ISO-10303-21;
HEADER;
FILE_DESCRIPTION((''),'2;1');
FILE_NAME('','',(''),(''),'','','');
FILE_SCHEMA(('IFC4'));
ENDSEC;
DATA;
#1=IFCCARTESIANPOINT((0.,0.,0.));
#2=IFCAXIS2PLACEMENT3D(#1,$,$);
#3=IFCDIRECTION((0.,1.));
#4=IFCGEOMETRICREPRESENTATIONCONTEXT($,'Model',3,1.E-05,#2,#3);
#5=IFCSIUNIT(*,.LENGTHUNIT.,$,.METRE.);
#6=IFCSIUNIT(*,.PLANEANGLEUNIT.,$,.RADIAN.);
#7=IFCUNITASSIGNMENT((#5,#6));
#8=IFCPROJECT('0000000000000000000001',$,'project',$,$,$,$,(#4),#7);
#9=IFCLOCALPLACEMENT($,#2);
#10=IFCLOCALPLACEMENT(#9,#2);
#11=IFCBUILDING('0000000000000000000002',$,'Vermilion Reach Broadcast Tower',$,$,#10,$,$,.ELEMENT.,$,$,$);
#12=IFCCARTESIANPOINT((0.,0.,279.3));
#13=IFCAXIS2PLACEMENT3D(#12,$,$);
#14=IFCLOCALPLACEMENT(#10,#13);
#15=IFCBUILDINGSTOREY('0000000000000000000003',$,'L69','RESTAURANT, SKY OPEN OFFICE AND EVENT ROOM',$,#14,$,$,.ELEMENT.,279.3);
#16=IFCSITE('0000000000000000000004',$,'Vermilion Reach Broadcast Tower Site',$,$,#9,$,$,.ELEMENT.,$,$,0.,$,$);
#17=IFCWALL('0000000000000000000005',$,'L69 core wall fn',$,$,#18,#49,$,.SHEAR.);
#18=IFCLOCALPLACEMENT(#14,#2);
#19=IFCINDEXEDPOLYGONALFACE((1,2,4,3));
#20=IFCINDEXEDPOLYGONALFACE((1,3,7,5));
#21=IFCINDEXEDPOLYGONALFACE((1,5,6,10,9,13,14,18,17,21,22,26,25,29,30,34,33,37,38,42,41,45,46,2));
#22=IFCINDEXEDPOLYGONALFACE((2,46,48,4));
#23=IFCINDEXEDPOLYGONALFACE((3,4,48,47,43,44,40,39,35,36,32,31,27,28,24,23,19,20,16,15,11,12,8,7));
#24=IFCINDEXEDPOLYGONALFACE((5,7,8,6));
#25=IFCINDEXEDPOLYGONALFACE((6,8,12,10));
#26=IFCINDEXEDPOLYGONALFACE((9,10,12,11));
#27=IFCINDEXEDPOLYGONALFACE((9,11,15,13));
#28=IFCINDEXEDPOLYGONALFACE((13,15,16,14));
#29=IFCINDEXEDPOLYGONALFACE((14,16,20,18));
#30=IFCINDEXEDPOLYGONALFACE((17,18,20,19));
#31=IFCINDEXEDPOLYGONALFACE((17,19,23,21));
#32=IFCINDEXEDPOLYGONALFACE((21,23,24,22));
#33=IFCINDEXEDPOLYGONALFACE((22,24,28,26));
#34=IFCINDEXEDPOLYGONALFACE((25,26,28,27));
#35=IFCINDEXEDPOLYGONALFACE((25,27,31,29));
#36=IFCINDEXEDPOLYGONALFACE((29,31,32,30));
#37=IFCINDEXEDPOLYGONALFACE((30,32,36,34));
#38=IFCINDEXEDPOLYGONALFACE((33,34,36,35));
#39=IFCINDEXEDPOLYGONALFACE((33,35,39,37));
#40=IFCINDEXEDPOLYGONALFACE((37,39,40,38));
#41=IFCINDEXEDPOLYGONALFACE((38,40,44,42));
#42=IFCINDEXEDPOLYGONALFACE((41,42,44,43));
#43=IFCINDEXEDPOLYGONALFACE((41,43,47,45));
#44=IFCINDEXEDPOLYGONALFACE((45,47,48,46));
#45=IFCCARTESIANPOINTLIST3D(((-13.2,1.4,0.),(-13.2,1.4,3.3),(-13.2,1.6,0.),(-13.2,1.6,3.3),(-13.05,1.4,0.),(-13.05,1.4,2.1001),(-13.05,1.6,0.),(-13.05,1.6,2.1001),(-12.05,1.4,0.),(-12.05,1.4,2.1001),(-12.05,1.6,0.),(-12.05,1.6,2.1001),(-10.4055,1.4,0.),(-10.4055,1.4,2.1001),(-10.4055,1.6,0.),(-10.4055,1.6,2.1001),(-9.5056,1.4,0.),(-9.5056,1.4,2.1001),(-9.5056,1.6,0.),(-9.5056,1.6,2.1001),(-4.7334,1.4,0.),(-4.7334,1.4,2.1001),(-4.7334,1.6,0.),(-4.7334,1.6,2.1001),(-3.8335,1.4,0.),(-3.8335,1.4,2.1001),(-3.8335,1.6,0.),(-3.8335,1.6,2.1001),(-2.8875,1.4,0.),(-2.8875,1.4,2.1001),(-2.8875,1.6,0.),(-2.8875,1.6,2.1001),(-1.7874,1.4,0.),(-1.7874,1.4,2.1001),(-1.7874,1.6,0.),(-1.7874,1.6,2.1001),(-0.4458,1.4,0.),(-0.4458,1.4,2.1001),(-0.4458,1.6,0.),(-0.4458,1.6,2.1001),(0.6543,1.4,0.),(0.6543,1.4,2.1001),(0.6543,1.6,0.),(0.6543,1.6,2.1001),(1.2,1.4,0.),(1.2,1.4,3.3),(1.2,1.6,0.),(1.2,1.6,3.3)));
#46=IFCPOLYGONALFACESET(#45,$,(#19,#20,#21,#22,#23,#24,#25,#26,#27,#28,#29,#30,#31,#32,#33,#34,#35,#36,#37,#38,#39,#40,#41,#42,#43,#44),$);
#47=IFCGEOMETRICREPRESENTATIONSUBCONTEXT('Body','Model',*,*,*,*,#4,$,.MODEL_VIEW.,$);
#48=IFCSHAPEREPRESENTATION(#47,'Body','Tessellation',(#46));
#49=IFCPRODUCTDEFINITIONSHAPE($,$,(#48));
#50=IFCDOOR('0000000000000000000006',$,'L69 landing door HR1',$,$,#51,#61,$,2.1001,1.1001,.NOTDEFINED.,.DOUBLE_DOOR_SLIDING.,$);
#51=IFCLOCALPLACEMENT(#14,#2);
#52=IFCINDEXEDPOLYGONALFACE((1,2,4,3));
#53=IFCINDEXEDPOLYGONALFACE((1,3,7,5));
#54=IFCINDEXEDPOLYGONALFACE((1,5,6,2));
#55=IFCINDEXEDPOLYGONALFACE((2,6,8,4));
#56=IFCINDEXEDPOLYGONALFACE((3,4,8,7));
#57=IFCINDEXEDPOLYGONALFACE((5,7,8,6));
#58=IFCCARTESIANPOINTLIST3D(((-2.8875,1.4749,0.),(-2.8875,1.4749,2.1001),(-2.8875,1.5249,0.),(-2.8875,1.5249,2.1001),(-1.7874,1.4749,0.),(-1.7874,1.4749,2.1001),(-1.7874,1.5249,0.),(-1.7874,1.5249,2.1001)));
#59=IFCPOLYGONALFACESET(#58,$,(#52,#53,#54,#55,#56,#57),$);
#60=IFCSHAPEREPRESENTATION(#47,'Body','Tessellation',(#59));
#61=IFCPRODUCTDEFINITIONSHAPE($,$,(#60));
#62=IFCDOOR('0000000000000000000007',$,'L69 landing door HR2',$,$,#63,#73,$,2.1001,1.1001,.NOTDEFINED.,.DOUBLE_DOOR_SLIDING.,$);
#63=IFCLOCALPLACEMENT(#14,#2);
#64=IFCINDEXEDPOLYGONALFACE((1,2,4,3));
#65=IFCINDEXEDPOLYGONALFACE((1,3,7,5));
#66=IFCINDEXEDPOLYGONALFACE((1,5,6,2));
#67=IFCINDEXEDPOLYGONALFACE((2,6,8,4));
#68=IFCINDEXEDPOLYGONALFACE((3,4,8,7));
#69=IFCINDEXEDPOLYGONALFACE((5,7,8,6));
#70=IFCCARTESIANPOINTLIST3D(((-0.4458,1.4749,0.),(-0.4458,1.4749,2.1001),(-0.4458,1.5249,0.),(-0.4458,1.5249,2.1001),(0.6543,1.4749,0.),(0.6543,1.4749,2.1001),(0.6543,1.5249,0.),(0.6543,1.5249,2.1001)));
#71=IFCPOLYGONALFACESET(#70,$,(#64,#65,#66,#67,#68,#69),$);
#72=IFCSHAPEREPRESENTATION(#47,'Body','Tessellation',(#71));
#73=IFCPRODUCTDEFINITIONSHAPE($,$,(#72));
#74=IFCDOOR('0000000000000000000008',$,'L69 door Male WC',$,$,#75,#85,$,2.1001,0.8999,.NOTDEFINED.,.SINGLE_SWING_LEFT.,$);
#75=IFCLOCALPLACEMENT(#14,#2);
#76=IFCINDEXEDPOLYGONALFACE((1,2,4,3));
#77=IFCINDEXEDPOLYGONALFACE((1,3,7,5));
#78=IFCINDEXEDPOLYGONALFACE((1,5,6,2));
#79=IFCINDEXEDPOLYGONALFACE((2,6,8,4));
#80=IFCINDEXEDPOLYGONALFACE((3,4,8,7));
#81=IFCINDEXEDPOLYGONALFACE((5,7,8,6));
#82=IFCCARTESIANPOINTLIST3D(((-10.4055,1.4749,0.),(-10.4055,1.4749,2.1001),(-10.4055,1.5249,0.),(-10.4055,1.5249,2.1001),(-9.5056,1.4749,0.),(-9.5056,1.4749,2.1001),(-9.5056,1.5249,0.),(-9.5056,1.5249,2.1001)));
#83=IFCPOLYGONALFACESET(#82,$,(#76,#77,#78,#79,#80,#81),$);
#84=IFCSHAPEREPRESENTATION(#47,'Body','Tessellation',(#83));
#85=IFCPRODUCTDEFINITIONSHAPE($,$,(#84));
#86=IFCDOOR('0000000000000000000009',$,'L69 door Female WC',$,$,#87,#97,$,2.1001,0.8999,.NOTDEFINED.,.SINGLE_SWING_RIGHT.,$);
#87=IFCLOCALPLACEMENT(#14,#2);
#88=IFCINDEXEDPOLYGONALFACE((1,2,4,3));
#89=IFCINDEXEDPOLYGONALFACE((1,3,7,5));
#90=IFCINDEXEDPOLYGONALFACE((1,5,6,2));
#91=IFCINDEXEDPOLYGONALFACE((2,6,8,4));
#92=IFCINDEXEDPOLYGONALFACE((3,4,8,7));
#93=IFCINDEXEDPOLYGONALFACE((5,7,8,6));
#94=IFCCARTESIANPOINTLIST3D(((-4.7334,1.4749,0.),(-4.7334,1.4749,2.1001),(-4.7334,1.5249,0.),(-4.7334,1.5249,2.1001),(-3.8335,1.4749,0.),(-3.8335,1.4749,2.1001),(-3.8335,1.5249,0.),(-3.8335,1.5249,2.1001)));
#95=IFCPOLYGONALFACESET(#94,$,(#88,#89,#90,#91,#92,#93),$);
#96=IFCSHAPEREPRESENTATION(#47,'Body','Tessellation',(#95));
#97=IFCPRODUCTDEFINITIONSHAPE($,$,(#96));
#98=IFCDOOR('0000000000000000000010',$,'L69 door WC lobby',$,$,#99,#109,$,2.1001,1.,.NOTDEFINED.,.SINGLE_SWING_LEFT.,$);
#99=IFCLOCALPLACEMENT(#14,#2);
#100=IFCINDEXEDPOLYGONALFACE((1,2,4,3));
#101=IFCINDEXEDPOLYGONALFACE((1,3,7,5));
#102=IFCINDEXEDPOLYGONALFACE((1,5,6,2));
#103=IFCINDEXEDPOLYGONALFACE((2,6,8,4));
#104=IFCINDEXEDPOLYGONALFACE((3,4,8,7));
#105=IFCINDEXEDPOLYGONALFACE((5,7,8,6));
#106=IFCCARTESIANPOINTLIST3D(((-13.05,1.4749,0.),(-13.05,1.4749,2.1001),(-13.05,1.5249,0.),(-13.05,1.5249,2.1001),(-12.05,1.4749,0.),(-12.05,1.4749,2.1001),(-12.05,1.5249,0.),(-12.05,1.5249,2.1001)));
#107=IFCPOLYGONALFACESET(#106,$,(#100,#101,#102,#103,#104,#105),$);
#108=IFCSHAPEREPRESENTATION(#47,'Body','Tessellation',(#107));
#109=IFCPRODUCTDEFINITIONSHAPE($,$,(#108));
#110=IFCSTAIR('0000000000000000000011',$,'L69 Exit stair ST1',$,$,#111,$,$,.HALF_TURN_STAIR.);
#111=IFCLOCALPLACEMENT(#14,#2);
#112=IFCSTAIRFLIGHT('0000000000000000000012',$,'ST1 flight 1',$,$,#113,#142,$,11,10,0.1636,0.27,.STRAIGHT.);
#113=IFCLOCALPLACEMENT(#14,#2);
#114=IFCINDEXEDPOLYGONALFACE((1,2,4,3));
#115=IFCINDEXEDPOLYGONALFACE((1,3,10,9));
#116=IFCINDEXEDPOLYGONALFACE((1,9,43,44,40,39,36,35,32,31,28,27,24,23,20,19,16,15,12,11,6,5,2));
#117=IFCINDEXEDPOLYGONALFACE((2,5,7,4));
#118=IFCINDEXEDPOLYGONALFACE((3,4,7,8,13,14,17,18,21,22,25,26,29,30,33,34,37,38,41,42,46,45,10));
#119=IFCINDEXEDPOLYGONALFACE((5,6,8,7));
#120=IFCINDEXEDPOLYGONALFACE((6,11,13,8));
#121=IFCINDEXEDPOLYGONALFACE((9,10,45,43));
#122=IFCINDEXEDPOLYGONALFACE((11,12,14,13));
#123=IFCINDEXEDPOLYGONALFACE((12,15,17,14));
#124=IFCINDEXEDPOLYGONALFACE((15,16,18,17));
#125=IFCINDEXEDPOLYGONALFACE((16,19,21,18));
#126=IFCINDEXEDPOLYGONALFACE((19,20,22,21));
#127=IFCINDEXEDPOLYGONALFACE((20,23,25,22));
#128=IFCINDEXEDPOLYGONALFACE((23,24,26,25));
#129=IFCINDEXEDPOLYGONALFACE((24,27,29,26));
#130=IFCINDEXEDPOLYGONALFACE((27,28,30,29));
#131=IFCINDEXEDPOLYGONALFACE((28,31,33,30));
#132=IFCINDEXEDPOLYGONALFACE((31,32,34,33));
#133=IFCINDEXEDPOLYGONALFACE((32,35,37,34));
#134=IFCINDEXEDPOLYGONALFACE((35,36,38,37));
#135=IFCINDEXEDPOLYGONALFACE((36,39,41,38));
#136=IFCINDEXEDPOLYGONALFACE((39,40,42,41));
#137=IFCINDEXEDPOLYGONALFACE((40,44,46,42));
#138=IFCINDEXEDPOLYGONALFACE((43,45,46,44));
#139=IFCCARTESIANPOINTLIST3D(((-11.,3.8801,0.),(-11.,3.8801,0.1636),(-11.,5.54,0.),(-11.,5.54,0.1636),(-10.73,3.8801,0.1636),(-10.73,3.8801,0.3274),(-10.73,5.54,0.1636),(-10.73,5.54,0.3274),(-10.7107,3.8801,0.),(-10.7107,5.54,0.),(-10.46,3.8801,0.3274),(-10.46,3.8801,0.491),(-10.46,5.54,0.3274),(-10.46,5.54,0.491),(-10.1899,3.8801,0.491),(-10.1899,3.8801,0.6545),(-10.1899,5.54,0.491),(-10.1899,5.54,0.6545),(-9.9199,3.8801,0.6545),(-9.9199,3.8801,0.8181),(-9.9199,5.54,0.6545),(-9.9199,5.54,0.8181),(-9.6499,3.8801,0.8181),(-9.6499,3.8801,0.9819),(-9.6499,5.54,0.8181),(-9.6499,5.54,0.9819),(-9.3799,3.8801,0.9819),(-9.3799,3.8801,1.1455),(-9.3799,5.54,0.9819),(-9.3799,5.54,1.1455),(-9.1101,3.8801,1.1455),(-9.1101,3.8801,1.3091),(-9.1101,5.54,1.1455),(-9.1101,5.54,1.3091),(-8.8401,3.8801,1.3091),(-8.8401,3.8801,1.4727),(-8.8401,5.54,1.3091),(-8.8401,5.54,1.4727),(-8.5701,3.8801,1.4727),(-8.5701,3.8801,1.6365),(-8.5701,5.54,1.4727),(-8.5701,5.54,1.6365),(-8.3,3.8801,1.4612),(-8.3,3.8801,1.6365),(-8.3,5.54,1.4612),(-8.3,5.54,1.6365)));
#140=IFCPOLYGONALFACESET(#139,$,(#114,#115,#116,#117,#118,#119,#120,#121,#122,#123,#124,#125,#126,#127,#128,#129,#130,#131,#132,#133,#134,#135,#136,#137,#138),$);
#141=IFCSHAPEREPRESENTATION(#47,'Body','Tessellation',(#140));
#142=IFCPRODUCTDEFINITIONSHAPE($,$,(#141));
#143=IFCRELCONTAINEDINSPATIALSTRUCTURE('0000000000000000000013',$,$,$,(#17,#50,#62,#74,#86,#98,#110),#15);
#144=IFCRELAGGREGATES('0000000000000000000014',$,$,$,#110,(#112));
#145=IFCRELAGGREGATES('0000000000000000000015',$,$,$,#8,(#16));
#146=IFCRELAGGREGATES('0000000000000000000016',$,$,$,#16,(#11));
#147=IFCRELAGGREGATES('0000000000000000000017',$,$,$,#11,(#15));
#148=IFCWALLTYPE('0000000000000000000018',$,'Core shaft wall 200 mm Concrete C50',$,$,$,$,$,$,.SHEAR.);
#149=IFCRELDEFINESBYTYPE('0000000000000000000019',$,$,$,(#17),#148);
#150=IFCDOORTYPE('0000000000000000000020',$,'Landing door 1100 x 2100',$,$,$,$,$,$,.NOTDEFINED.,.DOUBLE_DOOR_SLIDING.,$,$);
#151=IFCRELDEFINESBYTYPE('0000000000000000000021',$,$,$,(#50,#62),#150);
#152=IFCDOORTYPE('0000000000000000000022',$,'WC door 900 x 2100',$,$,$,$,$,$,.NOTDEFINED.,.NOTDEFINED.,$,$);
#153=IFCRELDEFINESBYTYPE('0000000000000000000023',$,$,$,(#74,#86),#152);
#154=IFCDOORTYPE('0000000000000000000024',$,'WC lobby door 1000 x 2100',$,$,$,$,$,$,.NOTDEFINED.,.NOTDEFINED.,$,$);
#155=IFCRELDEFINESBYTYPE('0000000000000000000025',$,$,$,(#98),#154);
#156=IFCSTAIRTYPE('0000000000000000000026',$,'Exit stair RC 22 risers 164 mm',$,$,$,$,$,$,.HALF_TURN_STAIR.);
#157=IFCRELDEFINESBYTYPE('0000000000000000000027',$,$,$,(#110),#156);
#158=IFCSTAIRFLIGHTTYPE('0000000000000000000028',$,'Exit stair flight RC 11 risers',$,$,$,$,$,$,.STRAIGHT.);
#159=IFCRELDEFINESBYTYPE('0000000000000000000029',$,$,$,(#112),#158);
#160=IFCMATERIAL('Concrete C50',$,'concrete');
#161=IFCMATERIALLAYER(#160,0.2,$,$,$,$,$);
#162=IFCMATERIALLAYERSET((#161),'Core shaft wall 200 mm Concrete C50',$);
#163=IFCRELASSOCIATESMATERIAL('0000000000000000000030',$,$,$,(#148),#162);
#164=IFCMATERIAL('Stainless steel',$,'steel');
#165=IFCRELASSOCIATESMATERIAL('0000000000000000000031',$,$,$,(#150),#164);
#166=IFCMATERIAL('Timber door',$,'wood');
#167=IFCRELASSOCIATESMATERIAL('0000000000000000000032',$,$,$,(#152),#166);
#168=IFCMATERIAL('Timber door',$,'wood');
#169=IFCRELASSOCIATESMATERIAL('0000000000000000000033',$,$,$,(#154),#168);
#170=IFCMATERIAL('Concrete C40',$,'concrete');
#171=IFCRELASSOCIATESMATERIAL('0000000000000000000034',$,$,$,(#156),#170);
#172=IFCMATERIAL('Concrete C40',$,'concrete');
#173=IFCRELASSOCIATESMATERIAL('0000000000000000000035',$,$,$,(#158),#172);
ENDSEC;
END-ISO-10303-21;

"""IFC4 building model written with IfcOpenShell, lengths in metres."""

from ifc_helpers import new_model, si_unit, direction, frame, frame_2d, origin, place, context, subcontext, project, spatial, polyline, rectangle, outline, extrude, material, layer, layer_set, type_object, element, fill, aggregate, save


model = new_model("IFC4")

# Units and contexts
model_context = context("Model", 3, precision=1e-05, world=origin(), true_north=direction((0.0, 1.0)))
body_context = subcontext(model_context, "Body", "Model", "MODEL_VIEW")
ifc_project = project(units=[si_unit("LENGTHUNIT", "METRE"), si_unit("PLANEANGLEUNIT", "RADIAN")], contexts=[model_context])

# Site, building, storey
site_placement = place(None, origin())
site = spatial("IfcSite", under=ifc_project, at=site_placement, Name="Vermilion Reach Broadcast Tower Site", CompositionType="ELEMENT", RefElevation=0.0)
building_placement = place(site_placement, origin())
building = spatial("IfcBuilding", under=site, at=building_placement, Name="Vermilion Reach Broadcast Tower", CompositionType="ELEMENT")
storey_placement = place(building_placement, frame((0.0, 0.0, 279.3)))
storey = spatial("IfcBuildingStorey", under=building, at=storey_placement, Name="L69", Description="RESTAURANT, SKY OPEN OFFICE AND EVENT ROOM", CompositionType="ELEMENT", Elevation=279.3)

# Wall, openings, doors
ifc_material_1 = material(Name="Concrete C50", Category="concrete")
ifc_layer_1 = layer(ifc_material_1, 0.2)
ifc_layer_set_1 = layer_set([ifc_layer_1], Name="Core shaft wall 200 mm Concrete C50")
wall_type_1 = type_object("IfcWallType", Name="Core shaft wall 200 mm Concrete C50", PredefinedType="SHEAR", material=ifc_layer_set_1)
wall_1_placement = place(storey_placement, frame((-13.2, 1.5, 0.0), z_axis=(0.0, 0.0, 1.0), x_axis=(1.0, 0.0, 0.0)))
wall_1 = element("IfcWall", 1, at=wall_1_placement, inside=storey, type_object=wall_type_1, Name="L69 core wall fn", PredefinedType="SHEAR", context=body_context, shape_type="SweptSolid", body=[
    extrude(rectangle(XDim=14.3999, YDim=0.2, at=frame_2d((7.2, 0.0))), origin(), (0.0, 0.0, 1.0), 3.3),
])
opening_1_placement = place(wall_1_placement, frame((10.3125, 0.0, 0.0)))
opening_1 = element("IfcOpeningElement", 2, at=opening_1_placement, cuts=wall_1, PredefinedType="OPENING", context=body_context, shape_type="SweptSolid", body=[
    extrude(rectangle(XDim=1.1001, YDim=2.1001, at=frame_2d((0.55, 1.05))), frame((0.0, 0.1099, 0.0), z_axis=(0.0, -1.0, 0.0), x_axis=(1.0, 0.0, 0.0)), (0.0, 0.0, 1.0), 0.22),
])
opening_2_placement = place(wall_1_placement, frame((12.7542, 0.0, 0.0)))
opening_2 = element("IfcOpeningElement", 3, at=opening_2_placement, cuts=wall_1, PredefinedType="OPENING", context=body_context, shape_type="SweptSolid", body=[
    extrude(rectangle(XDim=1.1001, YDim=2.1001, at=frame_2d((0.55, 1.05))), frame((0.0, 0.1099, 0.0), z_axis=(0.0, -1.0, 0.0), x_axis=(1.0, 0.0, 0.0)), (0.0, 0.0, 1.0), 0.22),
])
opening_3_placement = place(wall_1_placement, frame((0.1499, 0.0, 0.0)))
opening_3 = element("IfcOpeningElement", 4, at=opening_3_placement, cuts=wall_1, PredefinedType="OPENING", context=body_context, shape_type="SweptSolid", body=[
    extrude(rectangle(XDim=1.0, YDim=2.1001, at=frame_2d((0.5, 1.05))), frame((0.0, 0.1099, 0.0), z_axis=(0.0, -1.0, 0.0), x_axis=(1.0, 0.0, 0.0)), (0.0, 0.0, 1.0), 0.22),
])
opening_4_placement = place(wall_1_placement, frame((2.7944, 0.0, 0.0)))
opening_4 = element("IfcOpeningElement", 5, at=opening_4_placement, cuts=wall_1, PredefinedType="OPENING", context=body_context, shape_type="SweptSolid", body=[
    extrude(rectangle(XDim=0.8999, YDim=2.1001, at=frame_2d((0.45, 1.05))), frame((0.0, 0.1099, 0.0), z_axis=(0.0, -1.0, 0.0), x_axis=(1.0, 0.0, 0.0)), (0.0, 0.0, 1.0), 0.22),
])
opening_5_placement = place(wall_1_placement, frame((8.4666, 0.0, 0.0)))
opening_5 = element("IfcOpeningElement", 6, at=opening_5_placement, cuts=wall_1, PredefinedType="OPENING", context=body_context, shape_type="SweptSolid", body=[
    extrude(rectangle(XDim=0.8999, YDim=2.1001, at=frame_2d((0.45, 1.05))), frame((0.0, 0.1099, 0.0), z_axis=(0.0, -1.0, 0.0), x_axis=(1.0, 0.0, 0.0)), (0.0, 0.0, 1.0), 0.22),
])
ifc_material_2 = material(Name="Stainless steel", Category="steel")
door_type_1 = type_object("IfcDoorType", Name="Landing door 1100 x 2100", OperationType="DOUBLE_DOOR_SLIDING", PredefinedType="NOTDEFINED", material=ifc_material_2)
door_1_placement = place(opening_1_placement, origin())
door_1 = element("IfcDoor", 7, at=door_1_placement, inside=storey, type_object=door_type_1, Name="L69 landing door HR1", OperationType="DOUBLE_DOOR_SLIDING", OverallHeight=2.1001, OverallWidth=1.1001, PredefinedType="NOTDEFINED", context=body_context, shape_type="SweptSolid", body=[
    extrude(rectangle(XDim=1.1001, YDim=2.1001, at=frame_2d((0.55, 1.05))), frame((0.0, 0.0249, 0.0), z_axis=(0.0, -1.0, 0.0), x_axis=(1.0, 0.0, 0.0)), (0.0, 0.0, 1.0), 0.05),
])
fill(opening_1, door_1)
door_2_placement = place(opening_2_placement, origin())
door_2 = element("IfcDoor", 8, at=door_2_placement, inside=storey, type_object=door_type_1, Name="L69 landing door HR2", OperationType="DOUBLE_DOOR_SLIDING", OverallHeight=2.1001, OverallWidth=1.1001, PredefinedType="NOTDEFINED", context=body_context, shape_type="SweptSolid", body=[
    extrude(rectangle(XDim=1.1001, YDim=2.1001, at=frame_2d((0.55, 1.05))), frame((0.0, 0.0249, 0.0), z_axis=(0.0, -1.0, 0.0), x_axis=(1.0, 0.0, 0.0)), (0.0, 0.0, 1.0), 0.05),
])
fill(opening_2, door_2)
ifc_material_3 = material(Name="Timber door", Category="wood")
door_type_2 = type_object("IfcDoorType", Name="WC door 900 x 2100", OperationType="NOTDEFINED", PredefinedType="NOTDEFINED", material=ifc_material_3)
door_3_placement = place(opening_4_placement, origin())
door_3 = element("IfcDoor", 9, at=door_3_placement, inside=storey, type_object=door_type_2, Name="L69 door Male WC", OperationType="SINGLE_SWING_LEFT", OverallHeight=2.1001, OverallWidth=0.8999, PredefinedType="NOTDEFINED", context=body_context, shape_type="SweptSolid", body=[
    extrude(rectangle(XDim=0.8999, YDim=2.1001, at=frame_2d((0.45, 1.05))), frame((0.0, 0.0249, 0.0), z_axis=(0.0, -1.0, 0.0), x_axis=(1.0, 0.0, 0.0)), (0.0, 0.0, 1.0), 0.05),
])
fill(opening_4, door_3)
door_4_placement = place(opening_5_placement, origin())
door_4 = element("IfcDoor", 10, at=door_4_placement, inside=storey, type_object=door_type_2, Name="L69 door Female WC", OperationType="SINGLE_SWING_RIGHT", OverallHeight=2.1001, OverallWidth=0.8999, PredefinedType="NOTDEFINED", context=body_context, shape_type="SweptSolid", body=[
    extrude(rectangle(XDim=0.8999, YDim=2.1001, at=frame_2d((0.45, 1.05))), frame((0.0, 0.0249, 0.0), z_axis=(0.0, -1.0, 0.0), x_axis=(1.0, 0.0, 0.0)), (0.0, 0.0, 1.0), 0.05),
])
fill(opening_5, door_4)
ifc_material_4 = material(Name="Timber door", Category="wood")
door_type_3 = type_object("IfcDoorType", Name="WC lobby door 1000 x 2100", OperationType="NOTDEFINED", PredefinedType="NOTDEFINED", material=ifc_material_4)
door_5_placement = place(opening_3_placement, origin())
door_5 = element("IfcDoor", 11, at=door_5_placement, inside=storey, type_object=door_type_3, Name="L69 door WC lobby", OperationType="SINGLE_SWING_LEFT", OverallHeight=2.1001, OverallWidth=1.0, PredefinedType="NOTDEFINED", context=body_context, shape_type="SweptSolid", body=[
    extrude(rectangle(XDim=1.0, YDim=2.1001, at=frame_2d((0.5, 1.05))), frame((0.0, 0.0249, 0.0), z_axis=(0.0, -1.0, 0.0), x_axis=(1.0, 0.0, 0.0)), (0.0, 0.0, 1.0), 0.05),
])
fill(opening_3, door_5)

# Stair, stair flight
ifc_material_5 = material(Name="Concrete C40", Category="concrete")
stair_type = type_object("IfcStairType", Name="Exit stair RC 22 risers 164 mm", PredefinedType="HALF_TURN_STAIR", material=ifc_material_5)
stair_placement = place(storey_placement, origin())
stair = element("IfcStair", 12, at=stair_placement, inside=storey, type_object=stair_type, Name="L69 Exit stair ST1", PredefinedType="HALF_TURN_STAIR")
ifc_material_6 = material(Name="Concrete C40", Category="concrete")
stair_flight_type = type_object("IfcStairFlightType", Name="Exit stair flight RC 11 risers", PredefinedType="STRAIGHT", material=ifc_material_6)
stair_flight_1_placement = place(storey_placement, frame((-11.0, 4.71, 0.0), z_axis=(0.0, 0.0, 1.0), x_axis=(1.0, 0.0, 0.0)))
stair_flight_1 = element("IfcStairFlight", 13, at=stair_flight_1_placement, type_object=stair_flight_type, Name="ST1 flight 1", NumberOfRisers=11, NumberOfTreads=10, PredefinedType="STRAIGHT", RiserHeight=0.1636, TreadLength=0.27, context=body_context, shape_type="SweptSolid", body=[
    extrude(outline(polyline([(0.0, 0.0), (0.0, 0.1636), (0.27, 0.1636), (0.27, 0.3274), (0.54, 0.3274), (0.54, 0.491), (0.8101, 0.491), (0.8101, 0.6545), (1.0801, 0.6545), (1.0801, 0.8181), (1.3501, 0.8181), (1.3501, 0.9819), (1.6201, 0.9819), (1.6201, 1.1455), (1.8899, 1.1455), (1.8899, 1.3091), (2.1599, 1.3091), (2.1599, 1.4727), (2.4299, 1.4727), (2.4299, 1.6365), (2.7, 1.6365), (2.7, 1.8), (2.7, 1.4612), (0.2893, 0.0), (0.0, 0.0)])), frame((0.0, 0.8301, 0.0), z_axis=(0.0, -1.0, 0.0), x_axis=(1.0, 0.0, 0.0)), (0.0, 0.0, 1.0), 1.6599),
])
aggregate(stair, [stair_flight_1])

save(model, "model.ifc")
